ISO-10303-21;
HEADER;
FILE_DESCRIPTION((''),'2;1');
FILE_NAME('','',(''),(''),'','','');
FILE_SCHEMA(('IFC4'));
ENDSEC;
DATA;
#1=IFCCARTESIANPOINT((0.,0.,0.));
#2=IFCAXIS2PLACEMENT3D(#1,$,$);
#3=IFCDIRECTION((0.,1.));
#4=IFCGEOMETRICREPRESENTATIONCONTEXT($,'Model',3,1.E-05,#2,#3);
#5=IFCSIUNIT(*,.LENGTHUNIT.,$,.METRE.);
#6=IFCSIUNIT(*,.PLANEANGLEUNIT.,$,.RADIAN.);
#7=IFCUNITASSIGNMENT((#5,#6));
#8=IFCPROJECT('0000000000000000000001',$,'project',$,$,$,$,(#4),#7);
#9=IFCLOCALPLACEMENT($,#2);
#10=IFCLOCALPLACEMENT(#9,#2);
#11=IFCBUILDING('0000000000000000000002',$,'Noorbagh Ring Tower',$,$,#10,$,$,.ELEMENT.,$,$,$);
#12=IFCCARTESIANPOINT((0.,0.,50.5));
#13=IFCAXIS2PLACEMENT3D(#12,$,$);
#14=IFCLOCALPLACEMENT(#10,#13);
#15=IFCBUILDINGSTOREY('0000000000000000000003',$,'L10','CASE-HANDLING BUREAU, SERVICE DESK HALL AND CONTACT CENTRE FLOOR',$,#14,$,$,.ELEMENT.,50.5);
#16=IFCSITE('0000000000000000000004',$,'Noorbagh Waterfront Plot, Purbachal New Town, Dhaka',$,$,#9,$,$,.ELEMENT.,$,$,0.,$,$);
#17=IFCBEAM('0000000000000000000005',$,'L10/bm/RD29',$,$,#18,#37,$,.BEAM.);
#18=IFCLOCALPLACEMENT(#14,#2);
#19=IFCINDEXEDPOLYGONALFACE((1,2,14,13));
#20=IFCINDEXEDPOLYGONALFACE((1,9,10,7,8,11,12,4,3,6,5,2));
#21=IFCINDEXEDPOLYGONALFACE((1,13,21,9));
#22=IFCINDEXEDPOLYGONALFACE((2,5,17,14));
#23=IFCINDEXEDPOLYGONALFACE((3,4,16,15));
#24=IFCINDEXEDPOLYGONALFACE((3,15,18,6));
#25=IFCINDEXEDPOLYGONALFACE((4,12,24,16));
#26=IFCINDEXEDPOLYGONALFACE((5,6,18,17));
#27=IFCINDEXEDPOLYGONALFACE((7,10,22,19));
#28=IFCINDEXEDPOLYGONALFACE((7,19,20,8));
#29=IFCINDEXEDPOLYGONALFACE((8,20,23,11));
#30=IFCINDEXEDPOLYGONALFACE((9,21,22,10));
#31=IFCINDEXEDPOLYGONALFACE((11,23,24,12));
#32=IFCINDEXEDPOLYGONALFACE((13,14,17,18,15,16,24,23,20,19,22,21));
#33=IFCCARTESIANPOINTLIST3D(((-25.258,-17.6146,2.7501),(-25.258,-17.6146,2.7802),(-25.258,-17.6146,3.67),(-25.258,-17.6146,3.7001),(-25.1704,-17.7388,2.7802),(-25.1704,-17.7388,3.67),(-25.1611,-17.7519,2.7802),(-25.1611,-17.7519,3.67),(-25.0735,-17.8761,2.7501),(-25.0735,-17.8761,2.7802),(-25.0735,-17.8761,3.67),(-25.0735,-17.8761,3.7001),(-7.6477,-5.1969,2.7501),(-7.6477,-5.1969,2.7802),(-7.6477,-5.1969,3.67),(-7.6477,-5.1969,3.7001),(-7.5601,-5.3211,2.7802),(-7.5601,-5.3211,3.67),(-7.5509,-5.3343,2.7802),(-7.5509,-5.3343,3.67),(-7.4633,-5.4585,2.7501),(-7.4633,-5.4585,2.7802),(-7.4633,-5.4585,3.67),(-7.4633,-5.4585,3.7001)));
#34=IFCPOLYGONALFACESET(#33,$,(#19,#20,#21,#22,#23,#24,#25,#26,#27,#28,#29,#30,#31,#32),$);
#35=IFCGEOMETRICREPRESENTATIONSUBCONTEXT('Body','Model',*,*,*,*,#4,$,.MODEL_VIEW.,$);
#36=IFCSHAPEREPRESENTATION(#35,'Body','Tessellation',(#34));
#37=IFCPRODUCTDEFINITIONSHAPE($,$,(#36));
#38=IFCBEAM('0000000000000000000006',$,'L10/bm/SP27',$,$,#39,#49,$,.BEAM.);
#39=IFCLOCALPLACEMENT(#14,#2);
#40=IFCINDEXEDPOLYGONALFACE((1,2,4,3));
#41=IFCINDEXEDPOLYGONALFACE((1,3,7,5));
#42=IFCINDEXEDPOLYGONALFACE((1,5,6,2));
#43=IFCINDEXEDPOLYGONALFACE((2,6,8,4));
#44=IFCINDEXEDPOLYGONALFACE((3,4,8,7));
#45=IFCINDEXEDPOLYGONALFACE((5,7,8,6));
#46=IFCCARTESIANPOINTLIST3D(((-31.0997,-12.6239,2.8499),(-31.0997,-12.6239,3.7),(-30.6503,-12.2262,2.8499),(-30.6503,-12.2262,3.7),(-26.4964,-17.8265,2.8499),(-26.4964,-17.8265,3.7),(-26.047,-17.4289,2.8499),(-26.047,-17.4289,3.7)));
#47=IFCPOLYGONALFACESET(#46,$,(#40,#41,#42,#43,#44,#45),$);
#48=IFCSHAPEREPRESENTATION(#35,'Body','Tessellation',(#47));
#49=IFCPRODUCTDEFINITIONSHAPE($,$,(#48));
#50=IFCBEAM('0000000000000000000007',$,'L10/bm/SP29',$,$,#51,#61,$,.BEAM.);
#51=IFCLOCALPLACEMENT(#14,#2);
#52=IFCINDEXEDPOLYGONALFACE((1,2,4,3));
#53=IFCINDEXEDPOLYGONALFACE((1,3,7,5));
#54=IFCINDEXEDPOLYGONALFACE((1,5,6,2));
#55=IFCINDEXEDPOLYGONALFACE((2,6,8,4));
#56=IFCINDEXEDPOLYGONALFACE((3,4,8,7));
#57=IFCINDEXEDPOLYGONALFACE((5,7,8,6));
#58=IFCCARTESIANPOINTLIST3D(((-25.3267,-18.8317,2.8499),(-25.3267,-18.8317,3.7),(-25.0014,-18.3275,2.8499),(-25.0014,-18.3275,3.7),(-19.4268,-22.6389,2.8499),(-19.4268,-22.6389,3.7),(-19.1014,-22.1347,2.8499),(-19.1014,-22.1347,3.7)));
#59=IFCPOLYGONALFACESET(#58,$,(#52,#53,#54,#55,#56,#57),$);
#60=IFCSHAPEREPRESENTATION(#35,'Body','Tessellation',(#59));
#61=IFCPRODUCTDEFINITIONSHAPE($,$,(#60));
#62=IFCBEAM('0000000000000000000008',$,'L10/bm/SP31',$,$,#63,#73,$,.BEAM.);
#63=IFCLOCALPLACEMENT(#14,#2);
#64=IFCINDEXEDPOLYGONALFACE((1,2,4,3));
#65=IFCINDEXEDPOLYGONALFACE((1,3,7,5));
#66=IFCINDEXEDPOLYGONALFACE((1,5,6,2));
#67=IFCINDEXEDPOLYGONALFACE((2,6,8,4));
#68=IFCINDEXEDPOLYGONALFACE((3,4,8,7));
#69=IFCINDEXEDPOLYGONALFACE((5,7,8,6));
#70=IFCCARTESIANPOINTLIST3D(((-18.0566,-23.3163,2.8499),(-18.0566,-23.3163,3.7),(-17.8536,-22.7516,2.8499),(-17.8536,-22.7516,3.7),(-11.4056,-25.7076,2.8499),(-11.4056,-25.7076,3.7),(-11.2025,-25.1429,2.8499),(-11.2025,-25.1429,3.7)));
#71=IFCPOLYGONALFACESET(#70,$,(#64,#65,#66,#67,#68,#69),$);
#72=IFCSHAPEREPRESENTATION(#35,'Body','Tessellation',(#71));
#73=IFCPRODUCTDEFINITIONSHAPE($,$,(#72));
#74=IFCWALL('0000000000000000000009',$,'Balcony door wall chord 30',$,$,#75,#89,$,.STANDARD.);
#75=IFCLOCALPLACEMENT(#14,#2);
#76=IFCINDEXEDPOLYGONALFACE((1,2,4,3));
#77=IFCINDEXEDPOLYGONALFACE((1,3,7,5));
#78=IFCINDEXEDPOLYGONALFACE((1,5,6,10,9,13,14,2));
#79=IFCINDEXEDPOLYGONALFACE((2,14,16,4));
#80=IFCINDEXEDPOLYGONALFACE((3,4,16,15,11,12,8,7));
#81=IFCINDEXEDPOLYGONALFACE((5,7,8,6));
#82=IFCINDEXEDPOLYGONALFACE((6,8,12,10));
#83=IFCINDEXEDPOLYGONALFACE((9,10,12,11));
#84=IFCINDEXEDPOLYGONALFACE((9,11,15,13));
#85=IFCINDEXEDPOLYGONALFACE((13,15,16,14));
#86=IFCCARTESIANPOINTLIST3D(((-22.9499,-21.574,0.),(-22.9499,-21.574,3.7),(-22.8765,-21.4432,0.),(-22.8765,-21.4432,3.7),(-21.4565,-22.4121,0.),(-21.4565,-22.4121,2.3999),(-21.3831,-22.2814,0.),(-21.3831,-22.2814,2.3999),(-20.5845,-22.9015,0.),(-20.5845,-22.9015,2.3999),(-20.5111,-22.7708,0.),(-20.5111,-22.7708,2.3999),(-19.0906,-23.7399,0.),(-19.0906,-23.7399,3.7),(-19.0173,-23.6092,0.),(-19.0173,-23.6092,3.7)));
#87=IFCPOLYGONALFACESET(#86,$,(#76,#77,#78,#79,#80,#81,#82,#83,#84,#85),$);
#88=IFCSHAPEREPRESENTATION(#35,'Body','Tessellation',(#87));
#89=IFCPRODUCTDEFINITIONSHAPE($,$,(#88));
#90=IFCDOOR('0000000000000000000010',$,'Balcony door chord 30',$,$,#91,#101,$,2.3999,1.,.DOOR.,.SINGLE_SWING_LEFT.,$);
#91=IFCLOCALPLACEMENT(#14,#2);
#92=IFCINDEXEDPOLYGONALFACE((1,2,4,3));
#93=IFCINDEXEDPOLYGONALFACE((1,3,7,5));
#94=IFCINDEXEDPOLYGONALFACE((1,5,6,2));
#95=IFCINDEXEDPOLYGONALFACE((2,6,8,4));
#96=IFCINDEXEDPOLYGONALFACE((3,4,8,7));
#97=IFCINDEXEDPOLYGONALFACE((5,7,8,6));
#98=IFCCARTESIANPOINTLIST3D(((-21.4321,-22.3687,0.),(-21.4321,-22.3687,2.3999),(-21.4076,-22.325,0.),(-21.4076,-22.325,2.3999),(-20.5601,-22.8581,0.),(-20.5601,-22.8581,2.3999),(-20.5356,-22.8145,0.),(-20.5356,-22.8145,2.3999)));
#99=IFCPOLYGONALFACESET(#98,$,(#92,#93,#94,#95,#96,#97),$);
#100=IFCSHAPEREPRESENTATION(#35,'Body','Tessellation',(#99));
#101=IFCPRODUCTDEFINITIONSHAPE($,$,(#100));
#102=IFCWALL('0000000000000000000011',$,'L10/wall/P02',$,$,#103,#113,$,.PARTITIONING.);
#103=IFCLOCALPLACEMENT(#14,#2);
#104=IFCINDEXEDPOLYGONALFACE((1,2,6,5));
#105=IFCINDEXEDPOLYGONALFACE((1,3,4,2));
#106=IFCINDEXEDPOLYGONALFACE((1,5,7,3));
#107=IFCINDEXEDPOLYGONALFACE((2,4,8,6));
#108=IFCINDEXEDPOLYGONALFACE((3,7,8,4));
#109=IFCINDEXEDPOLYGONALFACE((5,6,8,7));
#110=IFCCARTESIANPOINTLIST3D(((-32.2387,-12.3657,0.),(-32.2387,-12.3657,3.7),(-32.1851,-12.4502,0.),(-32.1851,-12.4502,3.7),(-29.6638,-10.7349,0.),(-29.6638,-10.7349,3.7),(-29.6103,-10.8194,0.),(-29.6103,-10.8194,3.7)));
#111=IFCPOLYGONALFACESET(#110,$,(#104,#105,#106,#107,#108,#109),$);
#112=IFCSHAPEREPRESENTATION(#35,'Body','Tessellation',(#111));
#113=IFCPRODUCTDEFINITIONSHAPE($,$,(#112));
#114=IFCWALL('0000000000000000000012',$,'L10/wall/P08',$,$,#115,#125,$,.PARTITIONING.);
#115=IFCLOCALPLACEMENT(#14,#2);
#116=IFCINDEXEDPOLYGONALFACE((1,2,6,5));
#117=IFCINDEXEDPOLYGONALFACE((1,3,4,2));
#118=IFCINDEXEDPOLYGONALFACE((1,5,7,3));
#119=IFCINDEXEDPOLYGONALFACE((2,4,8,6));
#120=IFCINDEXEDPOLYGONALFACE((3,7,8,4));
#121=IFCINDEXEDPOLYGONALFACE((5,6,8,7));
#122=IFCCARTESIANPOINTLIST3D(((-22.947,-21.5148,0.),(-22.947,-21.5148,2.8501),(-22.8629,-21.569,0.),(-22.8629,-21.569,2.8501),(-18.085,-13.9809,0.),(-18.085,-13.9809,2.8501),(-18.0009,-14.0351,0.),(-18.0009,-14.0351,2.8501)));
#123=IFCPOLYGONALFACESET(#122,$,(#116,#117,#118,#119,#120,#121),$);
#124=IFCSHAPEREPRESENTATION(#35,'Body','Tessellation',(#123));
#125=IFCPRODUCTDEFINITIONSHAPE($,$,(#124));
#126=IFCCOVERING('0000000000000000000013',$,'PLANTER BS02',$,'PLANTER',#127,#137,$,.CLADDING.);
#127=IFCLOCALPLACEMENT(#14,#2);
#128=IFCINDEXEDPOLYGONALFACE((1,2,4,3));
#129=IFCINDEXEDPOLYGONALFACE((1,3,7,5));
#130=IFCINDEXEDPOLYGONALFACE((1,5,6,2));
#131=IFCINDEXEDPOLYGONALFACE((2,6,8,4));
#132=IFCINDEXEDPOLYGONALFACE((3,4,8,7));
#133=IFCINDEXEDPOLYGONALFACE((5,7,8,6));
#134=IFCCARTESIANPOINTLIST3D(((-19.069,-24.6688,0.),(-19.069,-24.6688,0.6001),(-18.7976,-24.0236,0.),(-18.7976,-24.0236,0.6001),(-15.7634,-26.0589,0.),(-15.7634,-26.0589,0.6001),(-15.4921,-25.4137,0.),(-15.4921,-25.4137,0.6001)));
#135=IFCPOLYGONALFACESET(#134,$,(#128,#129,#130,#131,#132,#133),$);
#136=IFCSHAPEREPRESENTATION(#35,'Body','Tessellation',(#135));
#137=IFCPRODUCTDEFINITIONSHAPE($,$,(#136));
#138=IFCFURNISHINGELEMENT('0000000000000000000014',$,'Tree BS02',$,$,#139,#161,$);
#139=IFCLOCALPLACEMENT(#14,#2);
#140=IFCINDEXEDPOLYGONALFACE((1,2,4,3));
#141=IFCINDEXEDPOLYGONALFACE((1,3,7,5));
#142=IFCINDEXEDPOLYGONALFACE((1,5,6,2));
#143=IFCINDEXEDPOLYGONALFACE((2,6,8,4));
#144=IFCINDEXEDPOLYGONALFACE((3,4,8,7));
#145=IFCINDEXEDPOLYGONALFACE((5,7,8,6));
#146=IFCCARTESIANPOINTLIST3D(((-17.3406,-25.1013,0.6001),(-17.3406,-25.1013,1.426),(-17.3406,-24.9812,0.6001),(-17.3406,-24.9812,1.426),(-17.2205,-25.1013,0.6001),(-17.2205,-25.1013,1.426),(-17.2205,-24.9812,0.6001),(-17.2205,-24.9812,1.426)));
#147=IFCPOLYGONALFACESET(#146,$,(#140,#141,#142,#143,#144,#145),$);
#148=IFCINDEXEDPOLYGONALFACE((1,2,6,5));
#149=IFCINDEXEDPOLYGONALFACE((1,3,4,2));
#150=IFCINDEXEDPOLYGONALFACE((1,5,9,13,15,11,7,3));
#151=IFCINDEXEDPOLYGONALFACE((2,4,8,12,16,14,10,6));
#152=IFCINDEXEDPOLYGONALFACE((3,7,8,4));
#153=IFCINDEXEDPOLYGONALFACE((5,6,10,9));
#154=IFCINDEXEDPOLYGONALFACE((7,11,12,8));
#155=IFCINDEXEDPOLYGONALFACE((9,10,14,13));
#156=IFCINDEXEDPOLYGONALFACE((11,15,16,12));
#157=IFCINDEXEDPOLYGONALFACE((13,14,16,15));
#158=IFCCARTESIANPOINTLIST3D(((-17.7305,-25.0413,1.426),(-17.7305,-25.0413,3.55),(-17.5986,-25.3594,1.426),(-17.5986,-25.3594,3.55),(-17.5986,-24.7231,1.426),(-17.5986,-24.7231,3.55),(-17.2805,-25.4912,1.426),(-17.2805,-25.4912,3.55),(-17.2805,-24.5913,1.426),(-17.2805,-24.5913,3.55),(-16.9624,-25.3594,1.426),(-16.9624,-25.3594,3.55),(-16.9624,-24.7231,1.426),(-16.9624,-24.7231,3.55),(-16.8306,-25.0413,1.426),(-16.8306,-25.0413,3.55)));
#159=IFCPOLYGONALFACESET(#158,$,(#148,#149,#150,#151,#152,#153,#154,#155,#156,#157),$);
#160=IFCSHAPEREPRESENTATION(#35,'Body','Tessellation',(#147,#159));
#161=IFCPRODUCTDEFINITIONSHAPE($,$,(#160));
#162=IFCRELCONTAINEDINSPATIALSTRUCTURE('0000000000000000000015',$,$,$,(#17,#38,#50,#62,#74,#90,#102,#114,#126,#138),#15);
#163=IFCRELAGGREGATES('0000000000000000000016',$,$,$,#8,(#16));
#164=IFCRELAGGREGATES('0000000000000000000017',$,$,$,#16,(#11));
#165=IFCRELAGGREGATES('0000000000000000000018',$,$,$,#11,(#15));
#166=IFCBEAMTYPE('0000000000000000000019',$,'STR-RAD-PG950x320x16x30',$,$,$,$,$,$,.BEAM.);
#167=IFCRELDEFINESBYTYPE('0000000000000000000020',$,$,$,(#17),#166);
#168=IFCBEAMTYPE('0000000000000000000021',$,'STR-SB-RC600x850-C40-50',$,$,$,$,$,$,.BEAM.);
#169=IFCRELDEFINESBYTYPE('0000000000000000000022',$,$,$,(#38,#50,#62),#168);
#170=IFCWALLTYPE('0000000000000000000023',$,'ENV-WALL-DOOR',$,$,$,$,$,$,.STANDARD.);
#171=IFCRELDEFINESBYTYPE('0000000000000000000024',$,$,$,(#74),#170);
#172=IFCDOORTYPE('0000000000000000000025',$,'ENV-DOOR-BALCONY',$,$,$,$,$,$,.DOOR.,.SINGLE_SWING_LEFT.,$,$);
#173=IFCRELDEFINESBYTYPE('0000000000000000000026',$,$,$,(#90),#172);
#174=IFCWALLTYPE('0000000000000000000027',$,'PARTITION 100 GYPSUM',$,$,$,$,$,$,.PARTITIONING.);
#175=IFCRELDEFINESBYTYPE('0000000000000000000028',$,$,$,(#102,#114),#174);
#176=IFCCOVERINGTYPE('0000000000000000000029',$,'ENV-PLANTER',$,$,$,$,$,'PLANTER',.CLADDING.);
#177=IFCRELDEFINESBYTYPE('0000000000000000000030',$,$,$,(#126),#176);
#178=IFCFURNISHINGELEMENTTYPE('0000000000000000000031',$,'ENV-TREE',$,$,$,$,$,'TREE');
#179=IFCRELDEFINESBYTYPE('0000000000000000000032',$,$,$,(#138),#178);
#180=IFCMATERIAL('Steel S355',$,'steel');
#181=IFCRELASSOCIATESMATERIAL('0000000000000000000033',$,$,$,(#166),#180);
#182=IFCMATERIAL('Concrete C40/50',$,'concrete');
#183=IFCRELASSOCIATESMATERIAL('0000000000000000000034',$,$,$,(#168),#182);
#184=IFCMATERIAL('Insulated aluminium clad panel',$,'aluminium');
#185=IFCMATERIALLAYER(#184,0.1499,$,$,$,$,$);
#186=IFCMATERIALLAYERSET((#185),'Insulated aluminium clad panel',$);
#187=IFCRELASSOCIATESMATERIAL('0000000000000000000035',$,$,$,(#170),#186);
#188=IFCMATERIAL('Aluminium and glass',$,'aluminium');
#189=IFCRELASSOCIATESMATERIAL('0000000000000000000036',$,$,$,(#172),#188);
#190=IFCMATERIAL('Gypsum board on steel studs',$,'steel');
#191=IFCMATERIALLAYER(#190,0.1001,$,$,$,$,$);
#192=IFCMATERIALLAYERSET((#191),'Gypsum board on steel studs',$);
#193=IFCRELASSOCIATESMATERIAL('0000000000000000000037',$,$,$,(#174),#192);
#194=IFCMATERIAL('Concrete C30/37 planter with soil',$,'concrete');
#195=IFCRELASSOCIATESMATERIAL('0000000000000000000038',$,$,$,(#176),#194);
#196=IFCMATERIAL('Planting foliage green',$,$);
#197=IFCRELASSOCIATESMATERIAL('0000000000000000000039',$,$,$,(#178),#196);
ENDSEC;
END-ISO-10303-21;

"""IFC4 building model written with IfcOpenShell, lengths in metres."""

from ifc_helpers import new_model, si_unit, direction, frame, frame_2d, origin, origin_2d, place, context, subcontext, project, spatial, polyline, rectangle, i_section, outline, extrude, material, layer, layer_set, material_profile, profile_set, type_object, element, fill, save


model = new_model("IFC4")

# Units and contexts
model_context = context("Model", 3, precision=1e-05, world=origin(), true_north=direction((0.0, 1.0)))
body_context = subcontext(model_context, "Body", "Model", "MODEL_VIEW")
ifc_project = project(units=[si_unit("LENGTHUNIT", "METRE"), si_unit("PLANEANGLEUNIT", "RADIAN")], contexts=[model_context])

# Site, building, storey
site_placement = place(None, origin())
site = spatial("IfcSite", under=ifc_project, at=site_placement, Name="Noorbagh Waterfront Plot, Purbachal New Town, Dhaka", CompositionType="ELEMENT", RefElevation=0.0)
building_placement = place(site_placement, origin())
building = spatial("IfcBuilding", under=site, at=building_placement, Name="Noorbagh Ring Tower", CompositionType="ELEMENT")
storey_placement = place(building_placement, frame((0.0, 0.0, 50.5)))
storey = spatial("IfcBuildingStorey", under=building, at=storey_placement, Name="L10", Description="CASE-HANDLING BUREAU, SERVICE DESK HALL AND CONTACT CENTRE FLOOR", CompositionType="ELEMENT", Elevation=50.5)

# Beams
ifc_material_1 = material(Name="Steel S355", Category="steel")
ifc_material_profile_1 = material_profile(ifc_material_1, i_section(OverallWidth=0.3201, OverallDepth=0.95, WebThickness=0.0161, FlangeThickness=0.03, at=origin_2d()), Name="PG950x320x16x30")
ifc_profile_set_1 = profile_set([ifc_material_profile_1], Name="Steel S355")
beam_type_1 = type_object("IfcBeamType", Name="STR-RAD-PG950x320x16x30", PredefinedType="BEAM", material=ifc_profile_set_1)
beam_1_placement = place(storey_placement, frame((-25.1658, -17.7454, 3.2251), z_axis=(0.817254, 0.576277, 0.0), x_axis=(-0.576277, 0.817254, 0.0)))
element("IfcBeam", 1, at=beam_1_placement, inside=storey, type_object=beam_type_1, Name="L10/bm/RD29", PredefinedType="BEAM", context=body_context, shape_type="SweptSolid", body=[
    extrude(i_section(OverallWidth=0.3201, OverallDepth=0.95, WebThickness=0.0161, FlangeThickness=0.03, at=origin_2d()), origin(), (0.0, 0.0, 1.0), 21.5481),
])
ifc_material_2 = material(Name="Concrete C40/50", Category="concrete")
ifc_material_profile_2 = material_profile(ifc_material_2, rectangle(XDim=0.6001, YDim=0.8501, at=origin_2d()), Name="RC600x850")
ifc_profile_set_2 = profile_set([ifc_material_profile_2], Name="Concrete C40/50")
beam_type_2 = type_object("IfcBeamType", Name="STR-SB-RC600x850-C40-50", PredefinedType="BEAM", material=ifc_profile_set_2)
beam_2_placement = place(storey_placement, frame((-30.875, -12.425, 3.2749), z_axis=(0.66265, -0.748929, 0.0), x_axis=(0.748929, 0.66265, 0.0)))
element("IfcBeam", 2, at=beam_2_placement, inside=storey, type_object=beam_type_2, Name="L10/bm/SP27", PredefinedType="BEAM", context=body_context, shape_type="SweptSolid", body=[
    extrude(rectangle(XDim=0.6001, YDim=0.8501, at=origin_2d()), origin(), (0.0, 0.0, 1.0), 6.9468),
])
beam_3_placement = place(storey_placement, frame((-25.1641, -18.5796, 3.2749), z_axis=(0.840249, -0.542201, 0.0), x_axis=(0.542201, 0.840249, 0.0)))
element("IfcBeam", 3, at=beam_3_placement, inside=storey, type_object=beam_type_2, Name="L10/bm/SP29", PredefinedType="BEAM", context=body_context, shape_type="SweptSolid", body=[
    extrude(rectangle(XDim=0.6001, YDim=0.8501, at=origin_2d()), origin(), (0.0, 0.0, 1.0), 7.0217),
])
beam_4_placement = place(storey_placement, frame((-17.9551, -23.0339, 3.2749), z_axis=(0.941025, -0.338338, 0.0), x_axis=(0.338338, 0.941025, 0.0)))
element("IfcBeam", 4, at=beam_4_placement, inside=storey, type_object=beam_type_2, Name="L10/bm/SP31", PredefinedType="BEAM", context=body_context, shape_type="SweptSolid", body=[
    extrude(rectangle(XDim=0.6001, YDim=0.8501, at=origin_2d()), origin(), (0.0, 0.0, 1.0), 7.0679),
])

# Wall, opening, door
ifc_material_3 = material(Name="Insulated aluminium clad panel", Category="aluminium")
ifc_layer_1 = layer(ifc_material_3, 0.1499)
ifc_layer_set_1 = layer_set([ifc_layer_1], Name="Insulated aluminium clad panel")
wall_type_1 = type_object("IfcWallType", Name="ENV-WALL-DOOR", PredefinedType="STANDARD", material=ifc_layer_set_1)
wall_1_placement = place(storey_placement, frame((-22.9133, -21.5085, 0.0), z_axis=(0.0, 0.0, 1.0), x_axis=(0.872047, -0.489423, 0.0)))
wall_1 = element("IfcWall", 5, at=wall_1_placement, inside=storey, type_object=wall_type_1, Name="Balcony door wall chord 30", PredefinedType="STANDARD", context=body_context, shape_type="SweptSolid", body=[
    extrude(rectangle(XDim=4.4255, YDim=0.1499, at=frame_2d((2.2129, 0.0))), origin(), (0.0, 0.0, 1.0), 3.7),
])
opening_placement = place(wall_1_placement, frame((1.7126, 0.0, 0.0)))
opening = element("IfcOpeningElement", 6, at=opening_placement, cuts=wall_1, PredefinedType="OPENING", context=body_context, shape_type="SweptSolid", body=[
    extrude(rectangle(XDim=1.0, YDim=2.3999, at=frame_2d((0.5, 1.2))), frame((0.0, 0.085, 0.0), z_axis=(0.0, -1.0, 0.0), x_axis=(1.0, 0.0, 0.0)), (0.0, 0.0, 1.0), 0.1699),
])
ifc_material_4 = material(Name="Aluminium and glass", Category="aluminium")
door_type = type_object("IfcDoorType", Name="ENV-DOOR-BALCONY", OperationType="SINGLE_SWING_LEFT", PredefinedType="DOOR", material=ifc_material_4)
door_placement = place(opening_placement, origin())
door = element("IfcDoor", 7, at=door_placement, inside=storey, type_object=door_type, Name="Balcony door chord 30", OperationType="SINGLE_SWING_LEFT", OverallHeight=2.3999, OverallWidth=1.0, PredefinedType="DOOR", context=body_context, shape_type="SweptSolid", body=[
    extrude(rectangle(XDim=1.0, YDim=2.3999, at=frame_2d((0.5, 1.2))), frame((0.0, 0.0249, 0.0), z_axis=(0.0, -1.0, 0.0), x_axis=(1.0, 0.0, 0.0)), (0.0, 0.0, 1.0), 0.05),
])
fill(opening, door)

# Walls
ifc_material_5 = material(Name="Gypsum board on steel studs", Category="steel")
ifc_layer_2 = layer(ifc_material_5, 0.1001)
ifc_layer_set_2 = layer_set([ifc_layer_2], Name="Gypsum board on steel studs")
wall_type_2 = type_object("IfcWallType", Name="PARTITION 100 GYPSUM", PredefinedType="PARTITIONING", material=ifc_layer_set_2)
wall_2_placement = place(storey_placement, frame((-32.2119, -12.408, 0.0), z_axis=(0.0, 0.0, 1.0), x_axis=(0.844811, 0.535065, 0.0)))
element("IfcWall", 8, at=wall_2_placement, inside=storey, type_object=wall_type_2, Name="L10/wall/P02", PredefinedType="PARTITIONING", context=body_context, shape_type="SweptSolid", body=[
    extrude(rectangle(XDim=3.0479, YDim=0.1001, at=frame_2d((1.5239, 0.0))), origin(), (0.0, 0.0, 1.0), 3.7),
])
wall_3_placement = place(storey_placement, frame((-22.905, -21.542, 0.0), z_axis=(0.0, 0.0, 1.0), x_axis=(0.542242, 0.840223, 0.0)))
element("IfcWall", 9, at=wall_3_placement, inside=storey, type_object=wall_type_2, Name="L10/wall/P08", PredefinedType="PARTITIONING", context=body_context, shape_type="SweptSolid", body=[
    extrude(rectangle(XDim=8.9666, YDim=0.1001, at=frame_2d((4.4834, 0.0))), origin(), (0.0, 0.0, 1.0), 2.8501),
])

# Covering
ifc_material_6 = material(Name="Concrete C30/37 planter with soil", Category="concrete")
covering_type = type_object("IfcCoveringType", Name="ENV-PLANTER", ElementType="PLANTER", PredefinedType="CLADDING", material=ifc_material_6)
covering_placement = place(storey_placement, frame((-17.2805, -25.0413, 0.0), z_axis=(0.0, 0.0, 1.0), x_axis=(0.921812, -0.387638, 0.0)))
element("IfcCovering", 10, at=covering_placement, inside=storey, type_object=covering_type, Name="PLANTER BS02", ObjectType="PLANTER", PredefinedType="CLADDING", context=body_context, shape_type="SweptSolid", body=[
    extrude(rectangle(XDim=3.5859, YDim=0.7, at=origin_2d()), origin(), (0.0, 0.0, 1.0), 0.6001),
])

# Furnishing element
ifc_material_7 = material(Name="Planting foliage green")
furnishing_element_type = type_object("IfcFurnishingElementType", Name="ENV-TREE", ElementType="TREE", material=ifc_material_7)
furnishing_placement = place(storey_placement, frame((-17.2805, -25.0413, 0.6001), z_axis=(0.0, 0.0, 1.0), x_axis=(1.0, 0.0, 0.0)))
element("IfcFurnishingElement", 11, at=furnishing_placement, inside=storey, type_object=furnishing_element_type, Name="Tree BS02", context=body_context, shape_type="SweptSolid", body=[
    extrude(rectangle(XDim=0.1201, YDim=0.1201, at=origin_2d()), origin(), (0.0, 0.0, 1.0), 0.8259),
    extrude(outline(polyline([(0.45, 0.0), (0.3181, 0.3181), (0.0, 0.45), (-0.3181, 0.3181), (-0.45, 0.0), (-0.3181, -0.3181), (0.0, -0.45), (0.3181, -0.3181), (0.45, 0.0)])), frame((0.0, 0.0, 0.8259)), (0.0, 0.0, 1.0), 2.124),
])

save(model, "model.ifc")
